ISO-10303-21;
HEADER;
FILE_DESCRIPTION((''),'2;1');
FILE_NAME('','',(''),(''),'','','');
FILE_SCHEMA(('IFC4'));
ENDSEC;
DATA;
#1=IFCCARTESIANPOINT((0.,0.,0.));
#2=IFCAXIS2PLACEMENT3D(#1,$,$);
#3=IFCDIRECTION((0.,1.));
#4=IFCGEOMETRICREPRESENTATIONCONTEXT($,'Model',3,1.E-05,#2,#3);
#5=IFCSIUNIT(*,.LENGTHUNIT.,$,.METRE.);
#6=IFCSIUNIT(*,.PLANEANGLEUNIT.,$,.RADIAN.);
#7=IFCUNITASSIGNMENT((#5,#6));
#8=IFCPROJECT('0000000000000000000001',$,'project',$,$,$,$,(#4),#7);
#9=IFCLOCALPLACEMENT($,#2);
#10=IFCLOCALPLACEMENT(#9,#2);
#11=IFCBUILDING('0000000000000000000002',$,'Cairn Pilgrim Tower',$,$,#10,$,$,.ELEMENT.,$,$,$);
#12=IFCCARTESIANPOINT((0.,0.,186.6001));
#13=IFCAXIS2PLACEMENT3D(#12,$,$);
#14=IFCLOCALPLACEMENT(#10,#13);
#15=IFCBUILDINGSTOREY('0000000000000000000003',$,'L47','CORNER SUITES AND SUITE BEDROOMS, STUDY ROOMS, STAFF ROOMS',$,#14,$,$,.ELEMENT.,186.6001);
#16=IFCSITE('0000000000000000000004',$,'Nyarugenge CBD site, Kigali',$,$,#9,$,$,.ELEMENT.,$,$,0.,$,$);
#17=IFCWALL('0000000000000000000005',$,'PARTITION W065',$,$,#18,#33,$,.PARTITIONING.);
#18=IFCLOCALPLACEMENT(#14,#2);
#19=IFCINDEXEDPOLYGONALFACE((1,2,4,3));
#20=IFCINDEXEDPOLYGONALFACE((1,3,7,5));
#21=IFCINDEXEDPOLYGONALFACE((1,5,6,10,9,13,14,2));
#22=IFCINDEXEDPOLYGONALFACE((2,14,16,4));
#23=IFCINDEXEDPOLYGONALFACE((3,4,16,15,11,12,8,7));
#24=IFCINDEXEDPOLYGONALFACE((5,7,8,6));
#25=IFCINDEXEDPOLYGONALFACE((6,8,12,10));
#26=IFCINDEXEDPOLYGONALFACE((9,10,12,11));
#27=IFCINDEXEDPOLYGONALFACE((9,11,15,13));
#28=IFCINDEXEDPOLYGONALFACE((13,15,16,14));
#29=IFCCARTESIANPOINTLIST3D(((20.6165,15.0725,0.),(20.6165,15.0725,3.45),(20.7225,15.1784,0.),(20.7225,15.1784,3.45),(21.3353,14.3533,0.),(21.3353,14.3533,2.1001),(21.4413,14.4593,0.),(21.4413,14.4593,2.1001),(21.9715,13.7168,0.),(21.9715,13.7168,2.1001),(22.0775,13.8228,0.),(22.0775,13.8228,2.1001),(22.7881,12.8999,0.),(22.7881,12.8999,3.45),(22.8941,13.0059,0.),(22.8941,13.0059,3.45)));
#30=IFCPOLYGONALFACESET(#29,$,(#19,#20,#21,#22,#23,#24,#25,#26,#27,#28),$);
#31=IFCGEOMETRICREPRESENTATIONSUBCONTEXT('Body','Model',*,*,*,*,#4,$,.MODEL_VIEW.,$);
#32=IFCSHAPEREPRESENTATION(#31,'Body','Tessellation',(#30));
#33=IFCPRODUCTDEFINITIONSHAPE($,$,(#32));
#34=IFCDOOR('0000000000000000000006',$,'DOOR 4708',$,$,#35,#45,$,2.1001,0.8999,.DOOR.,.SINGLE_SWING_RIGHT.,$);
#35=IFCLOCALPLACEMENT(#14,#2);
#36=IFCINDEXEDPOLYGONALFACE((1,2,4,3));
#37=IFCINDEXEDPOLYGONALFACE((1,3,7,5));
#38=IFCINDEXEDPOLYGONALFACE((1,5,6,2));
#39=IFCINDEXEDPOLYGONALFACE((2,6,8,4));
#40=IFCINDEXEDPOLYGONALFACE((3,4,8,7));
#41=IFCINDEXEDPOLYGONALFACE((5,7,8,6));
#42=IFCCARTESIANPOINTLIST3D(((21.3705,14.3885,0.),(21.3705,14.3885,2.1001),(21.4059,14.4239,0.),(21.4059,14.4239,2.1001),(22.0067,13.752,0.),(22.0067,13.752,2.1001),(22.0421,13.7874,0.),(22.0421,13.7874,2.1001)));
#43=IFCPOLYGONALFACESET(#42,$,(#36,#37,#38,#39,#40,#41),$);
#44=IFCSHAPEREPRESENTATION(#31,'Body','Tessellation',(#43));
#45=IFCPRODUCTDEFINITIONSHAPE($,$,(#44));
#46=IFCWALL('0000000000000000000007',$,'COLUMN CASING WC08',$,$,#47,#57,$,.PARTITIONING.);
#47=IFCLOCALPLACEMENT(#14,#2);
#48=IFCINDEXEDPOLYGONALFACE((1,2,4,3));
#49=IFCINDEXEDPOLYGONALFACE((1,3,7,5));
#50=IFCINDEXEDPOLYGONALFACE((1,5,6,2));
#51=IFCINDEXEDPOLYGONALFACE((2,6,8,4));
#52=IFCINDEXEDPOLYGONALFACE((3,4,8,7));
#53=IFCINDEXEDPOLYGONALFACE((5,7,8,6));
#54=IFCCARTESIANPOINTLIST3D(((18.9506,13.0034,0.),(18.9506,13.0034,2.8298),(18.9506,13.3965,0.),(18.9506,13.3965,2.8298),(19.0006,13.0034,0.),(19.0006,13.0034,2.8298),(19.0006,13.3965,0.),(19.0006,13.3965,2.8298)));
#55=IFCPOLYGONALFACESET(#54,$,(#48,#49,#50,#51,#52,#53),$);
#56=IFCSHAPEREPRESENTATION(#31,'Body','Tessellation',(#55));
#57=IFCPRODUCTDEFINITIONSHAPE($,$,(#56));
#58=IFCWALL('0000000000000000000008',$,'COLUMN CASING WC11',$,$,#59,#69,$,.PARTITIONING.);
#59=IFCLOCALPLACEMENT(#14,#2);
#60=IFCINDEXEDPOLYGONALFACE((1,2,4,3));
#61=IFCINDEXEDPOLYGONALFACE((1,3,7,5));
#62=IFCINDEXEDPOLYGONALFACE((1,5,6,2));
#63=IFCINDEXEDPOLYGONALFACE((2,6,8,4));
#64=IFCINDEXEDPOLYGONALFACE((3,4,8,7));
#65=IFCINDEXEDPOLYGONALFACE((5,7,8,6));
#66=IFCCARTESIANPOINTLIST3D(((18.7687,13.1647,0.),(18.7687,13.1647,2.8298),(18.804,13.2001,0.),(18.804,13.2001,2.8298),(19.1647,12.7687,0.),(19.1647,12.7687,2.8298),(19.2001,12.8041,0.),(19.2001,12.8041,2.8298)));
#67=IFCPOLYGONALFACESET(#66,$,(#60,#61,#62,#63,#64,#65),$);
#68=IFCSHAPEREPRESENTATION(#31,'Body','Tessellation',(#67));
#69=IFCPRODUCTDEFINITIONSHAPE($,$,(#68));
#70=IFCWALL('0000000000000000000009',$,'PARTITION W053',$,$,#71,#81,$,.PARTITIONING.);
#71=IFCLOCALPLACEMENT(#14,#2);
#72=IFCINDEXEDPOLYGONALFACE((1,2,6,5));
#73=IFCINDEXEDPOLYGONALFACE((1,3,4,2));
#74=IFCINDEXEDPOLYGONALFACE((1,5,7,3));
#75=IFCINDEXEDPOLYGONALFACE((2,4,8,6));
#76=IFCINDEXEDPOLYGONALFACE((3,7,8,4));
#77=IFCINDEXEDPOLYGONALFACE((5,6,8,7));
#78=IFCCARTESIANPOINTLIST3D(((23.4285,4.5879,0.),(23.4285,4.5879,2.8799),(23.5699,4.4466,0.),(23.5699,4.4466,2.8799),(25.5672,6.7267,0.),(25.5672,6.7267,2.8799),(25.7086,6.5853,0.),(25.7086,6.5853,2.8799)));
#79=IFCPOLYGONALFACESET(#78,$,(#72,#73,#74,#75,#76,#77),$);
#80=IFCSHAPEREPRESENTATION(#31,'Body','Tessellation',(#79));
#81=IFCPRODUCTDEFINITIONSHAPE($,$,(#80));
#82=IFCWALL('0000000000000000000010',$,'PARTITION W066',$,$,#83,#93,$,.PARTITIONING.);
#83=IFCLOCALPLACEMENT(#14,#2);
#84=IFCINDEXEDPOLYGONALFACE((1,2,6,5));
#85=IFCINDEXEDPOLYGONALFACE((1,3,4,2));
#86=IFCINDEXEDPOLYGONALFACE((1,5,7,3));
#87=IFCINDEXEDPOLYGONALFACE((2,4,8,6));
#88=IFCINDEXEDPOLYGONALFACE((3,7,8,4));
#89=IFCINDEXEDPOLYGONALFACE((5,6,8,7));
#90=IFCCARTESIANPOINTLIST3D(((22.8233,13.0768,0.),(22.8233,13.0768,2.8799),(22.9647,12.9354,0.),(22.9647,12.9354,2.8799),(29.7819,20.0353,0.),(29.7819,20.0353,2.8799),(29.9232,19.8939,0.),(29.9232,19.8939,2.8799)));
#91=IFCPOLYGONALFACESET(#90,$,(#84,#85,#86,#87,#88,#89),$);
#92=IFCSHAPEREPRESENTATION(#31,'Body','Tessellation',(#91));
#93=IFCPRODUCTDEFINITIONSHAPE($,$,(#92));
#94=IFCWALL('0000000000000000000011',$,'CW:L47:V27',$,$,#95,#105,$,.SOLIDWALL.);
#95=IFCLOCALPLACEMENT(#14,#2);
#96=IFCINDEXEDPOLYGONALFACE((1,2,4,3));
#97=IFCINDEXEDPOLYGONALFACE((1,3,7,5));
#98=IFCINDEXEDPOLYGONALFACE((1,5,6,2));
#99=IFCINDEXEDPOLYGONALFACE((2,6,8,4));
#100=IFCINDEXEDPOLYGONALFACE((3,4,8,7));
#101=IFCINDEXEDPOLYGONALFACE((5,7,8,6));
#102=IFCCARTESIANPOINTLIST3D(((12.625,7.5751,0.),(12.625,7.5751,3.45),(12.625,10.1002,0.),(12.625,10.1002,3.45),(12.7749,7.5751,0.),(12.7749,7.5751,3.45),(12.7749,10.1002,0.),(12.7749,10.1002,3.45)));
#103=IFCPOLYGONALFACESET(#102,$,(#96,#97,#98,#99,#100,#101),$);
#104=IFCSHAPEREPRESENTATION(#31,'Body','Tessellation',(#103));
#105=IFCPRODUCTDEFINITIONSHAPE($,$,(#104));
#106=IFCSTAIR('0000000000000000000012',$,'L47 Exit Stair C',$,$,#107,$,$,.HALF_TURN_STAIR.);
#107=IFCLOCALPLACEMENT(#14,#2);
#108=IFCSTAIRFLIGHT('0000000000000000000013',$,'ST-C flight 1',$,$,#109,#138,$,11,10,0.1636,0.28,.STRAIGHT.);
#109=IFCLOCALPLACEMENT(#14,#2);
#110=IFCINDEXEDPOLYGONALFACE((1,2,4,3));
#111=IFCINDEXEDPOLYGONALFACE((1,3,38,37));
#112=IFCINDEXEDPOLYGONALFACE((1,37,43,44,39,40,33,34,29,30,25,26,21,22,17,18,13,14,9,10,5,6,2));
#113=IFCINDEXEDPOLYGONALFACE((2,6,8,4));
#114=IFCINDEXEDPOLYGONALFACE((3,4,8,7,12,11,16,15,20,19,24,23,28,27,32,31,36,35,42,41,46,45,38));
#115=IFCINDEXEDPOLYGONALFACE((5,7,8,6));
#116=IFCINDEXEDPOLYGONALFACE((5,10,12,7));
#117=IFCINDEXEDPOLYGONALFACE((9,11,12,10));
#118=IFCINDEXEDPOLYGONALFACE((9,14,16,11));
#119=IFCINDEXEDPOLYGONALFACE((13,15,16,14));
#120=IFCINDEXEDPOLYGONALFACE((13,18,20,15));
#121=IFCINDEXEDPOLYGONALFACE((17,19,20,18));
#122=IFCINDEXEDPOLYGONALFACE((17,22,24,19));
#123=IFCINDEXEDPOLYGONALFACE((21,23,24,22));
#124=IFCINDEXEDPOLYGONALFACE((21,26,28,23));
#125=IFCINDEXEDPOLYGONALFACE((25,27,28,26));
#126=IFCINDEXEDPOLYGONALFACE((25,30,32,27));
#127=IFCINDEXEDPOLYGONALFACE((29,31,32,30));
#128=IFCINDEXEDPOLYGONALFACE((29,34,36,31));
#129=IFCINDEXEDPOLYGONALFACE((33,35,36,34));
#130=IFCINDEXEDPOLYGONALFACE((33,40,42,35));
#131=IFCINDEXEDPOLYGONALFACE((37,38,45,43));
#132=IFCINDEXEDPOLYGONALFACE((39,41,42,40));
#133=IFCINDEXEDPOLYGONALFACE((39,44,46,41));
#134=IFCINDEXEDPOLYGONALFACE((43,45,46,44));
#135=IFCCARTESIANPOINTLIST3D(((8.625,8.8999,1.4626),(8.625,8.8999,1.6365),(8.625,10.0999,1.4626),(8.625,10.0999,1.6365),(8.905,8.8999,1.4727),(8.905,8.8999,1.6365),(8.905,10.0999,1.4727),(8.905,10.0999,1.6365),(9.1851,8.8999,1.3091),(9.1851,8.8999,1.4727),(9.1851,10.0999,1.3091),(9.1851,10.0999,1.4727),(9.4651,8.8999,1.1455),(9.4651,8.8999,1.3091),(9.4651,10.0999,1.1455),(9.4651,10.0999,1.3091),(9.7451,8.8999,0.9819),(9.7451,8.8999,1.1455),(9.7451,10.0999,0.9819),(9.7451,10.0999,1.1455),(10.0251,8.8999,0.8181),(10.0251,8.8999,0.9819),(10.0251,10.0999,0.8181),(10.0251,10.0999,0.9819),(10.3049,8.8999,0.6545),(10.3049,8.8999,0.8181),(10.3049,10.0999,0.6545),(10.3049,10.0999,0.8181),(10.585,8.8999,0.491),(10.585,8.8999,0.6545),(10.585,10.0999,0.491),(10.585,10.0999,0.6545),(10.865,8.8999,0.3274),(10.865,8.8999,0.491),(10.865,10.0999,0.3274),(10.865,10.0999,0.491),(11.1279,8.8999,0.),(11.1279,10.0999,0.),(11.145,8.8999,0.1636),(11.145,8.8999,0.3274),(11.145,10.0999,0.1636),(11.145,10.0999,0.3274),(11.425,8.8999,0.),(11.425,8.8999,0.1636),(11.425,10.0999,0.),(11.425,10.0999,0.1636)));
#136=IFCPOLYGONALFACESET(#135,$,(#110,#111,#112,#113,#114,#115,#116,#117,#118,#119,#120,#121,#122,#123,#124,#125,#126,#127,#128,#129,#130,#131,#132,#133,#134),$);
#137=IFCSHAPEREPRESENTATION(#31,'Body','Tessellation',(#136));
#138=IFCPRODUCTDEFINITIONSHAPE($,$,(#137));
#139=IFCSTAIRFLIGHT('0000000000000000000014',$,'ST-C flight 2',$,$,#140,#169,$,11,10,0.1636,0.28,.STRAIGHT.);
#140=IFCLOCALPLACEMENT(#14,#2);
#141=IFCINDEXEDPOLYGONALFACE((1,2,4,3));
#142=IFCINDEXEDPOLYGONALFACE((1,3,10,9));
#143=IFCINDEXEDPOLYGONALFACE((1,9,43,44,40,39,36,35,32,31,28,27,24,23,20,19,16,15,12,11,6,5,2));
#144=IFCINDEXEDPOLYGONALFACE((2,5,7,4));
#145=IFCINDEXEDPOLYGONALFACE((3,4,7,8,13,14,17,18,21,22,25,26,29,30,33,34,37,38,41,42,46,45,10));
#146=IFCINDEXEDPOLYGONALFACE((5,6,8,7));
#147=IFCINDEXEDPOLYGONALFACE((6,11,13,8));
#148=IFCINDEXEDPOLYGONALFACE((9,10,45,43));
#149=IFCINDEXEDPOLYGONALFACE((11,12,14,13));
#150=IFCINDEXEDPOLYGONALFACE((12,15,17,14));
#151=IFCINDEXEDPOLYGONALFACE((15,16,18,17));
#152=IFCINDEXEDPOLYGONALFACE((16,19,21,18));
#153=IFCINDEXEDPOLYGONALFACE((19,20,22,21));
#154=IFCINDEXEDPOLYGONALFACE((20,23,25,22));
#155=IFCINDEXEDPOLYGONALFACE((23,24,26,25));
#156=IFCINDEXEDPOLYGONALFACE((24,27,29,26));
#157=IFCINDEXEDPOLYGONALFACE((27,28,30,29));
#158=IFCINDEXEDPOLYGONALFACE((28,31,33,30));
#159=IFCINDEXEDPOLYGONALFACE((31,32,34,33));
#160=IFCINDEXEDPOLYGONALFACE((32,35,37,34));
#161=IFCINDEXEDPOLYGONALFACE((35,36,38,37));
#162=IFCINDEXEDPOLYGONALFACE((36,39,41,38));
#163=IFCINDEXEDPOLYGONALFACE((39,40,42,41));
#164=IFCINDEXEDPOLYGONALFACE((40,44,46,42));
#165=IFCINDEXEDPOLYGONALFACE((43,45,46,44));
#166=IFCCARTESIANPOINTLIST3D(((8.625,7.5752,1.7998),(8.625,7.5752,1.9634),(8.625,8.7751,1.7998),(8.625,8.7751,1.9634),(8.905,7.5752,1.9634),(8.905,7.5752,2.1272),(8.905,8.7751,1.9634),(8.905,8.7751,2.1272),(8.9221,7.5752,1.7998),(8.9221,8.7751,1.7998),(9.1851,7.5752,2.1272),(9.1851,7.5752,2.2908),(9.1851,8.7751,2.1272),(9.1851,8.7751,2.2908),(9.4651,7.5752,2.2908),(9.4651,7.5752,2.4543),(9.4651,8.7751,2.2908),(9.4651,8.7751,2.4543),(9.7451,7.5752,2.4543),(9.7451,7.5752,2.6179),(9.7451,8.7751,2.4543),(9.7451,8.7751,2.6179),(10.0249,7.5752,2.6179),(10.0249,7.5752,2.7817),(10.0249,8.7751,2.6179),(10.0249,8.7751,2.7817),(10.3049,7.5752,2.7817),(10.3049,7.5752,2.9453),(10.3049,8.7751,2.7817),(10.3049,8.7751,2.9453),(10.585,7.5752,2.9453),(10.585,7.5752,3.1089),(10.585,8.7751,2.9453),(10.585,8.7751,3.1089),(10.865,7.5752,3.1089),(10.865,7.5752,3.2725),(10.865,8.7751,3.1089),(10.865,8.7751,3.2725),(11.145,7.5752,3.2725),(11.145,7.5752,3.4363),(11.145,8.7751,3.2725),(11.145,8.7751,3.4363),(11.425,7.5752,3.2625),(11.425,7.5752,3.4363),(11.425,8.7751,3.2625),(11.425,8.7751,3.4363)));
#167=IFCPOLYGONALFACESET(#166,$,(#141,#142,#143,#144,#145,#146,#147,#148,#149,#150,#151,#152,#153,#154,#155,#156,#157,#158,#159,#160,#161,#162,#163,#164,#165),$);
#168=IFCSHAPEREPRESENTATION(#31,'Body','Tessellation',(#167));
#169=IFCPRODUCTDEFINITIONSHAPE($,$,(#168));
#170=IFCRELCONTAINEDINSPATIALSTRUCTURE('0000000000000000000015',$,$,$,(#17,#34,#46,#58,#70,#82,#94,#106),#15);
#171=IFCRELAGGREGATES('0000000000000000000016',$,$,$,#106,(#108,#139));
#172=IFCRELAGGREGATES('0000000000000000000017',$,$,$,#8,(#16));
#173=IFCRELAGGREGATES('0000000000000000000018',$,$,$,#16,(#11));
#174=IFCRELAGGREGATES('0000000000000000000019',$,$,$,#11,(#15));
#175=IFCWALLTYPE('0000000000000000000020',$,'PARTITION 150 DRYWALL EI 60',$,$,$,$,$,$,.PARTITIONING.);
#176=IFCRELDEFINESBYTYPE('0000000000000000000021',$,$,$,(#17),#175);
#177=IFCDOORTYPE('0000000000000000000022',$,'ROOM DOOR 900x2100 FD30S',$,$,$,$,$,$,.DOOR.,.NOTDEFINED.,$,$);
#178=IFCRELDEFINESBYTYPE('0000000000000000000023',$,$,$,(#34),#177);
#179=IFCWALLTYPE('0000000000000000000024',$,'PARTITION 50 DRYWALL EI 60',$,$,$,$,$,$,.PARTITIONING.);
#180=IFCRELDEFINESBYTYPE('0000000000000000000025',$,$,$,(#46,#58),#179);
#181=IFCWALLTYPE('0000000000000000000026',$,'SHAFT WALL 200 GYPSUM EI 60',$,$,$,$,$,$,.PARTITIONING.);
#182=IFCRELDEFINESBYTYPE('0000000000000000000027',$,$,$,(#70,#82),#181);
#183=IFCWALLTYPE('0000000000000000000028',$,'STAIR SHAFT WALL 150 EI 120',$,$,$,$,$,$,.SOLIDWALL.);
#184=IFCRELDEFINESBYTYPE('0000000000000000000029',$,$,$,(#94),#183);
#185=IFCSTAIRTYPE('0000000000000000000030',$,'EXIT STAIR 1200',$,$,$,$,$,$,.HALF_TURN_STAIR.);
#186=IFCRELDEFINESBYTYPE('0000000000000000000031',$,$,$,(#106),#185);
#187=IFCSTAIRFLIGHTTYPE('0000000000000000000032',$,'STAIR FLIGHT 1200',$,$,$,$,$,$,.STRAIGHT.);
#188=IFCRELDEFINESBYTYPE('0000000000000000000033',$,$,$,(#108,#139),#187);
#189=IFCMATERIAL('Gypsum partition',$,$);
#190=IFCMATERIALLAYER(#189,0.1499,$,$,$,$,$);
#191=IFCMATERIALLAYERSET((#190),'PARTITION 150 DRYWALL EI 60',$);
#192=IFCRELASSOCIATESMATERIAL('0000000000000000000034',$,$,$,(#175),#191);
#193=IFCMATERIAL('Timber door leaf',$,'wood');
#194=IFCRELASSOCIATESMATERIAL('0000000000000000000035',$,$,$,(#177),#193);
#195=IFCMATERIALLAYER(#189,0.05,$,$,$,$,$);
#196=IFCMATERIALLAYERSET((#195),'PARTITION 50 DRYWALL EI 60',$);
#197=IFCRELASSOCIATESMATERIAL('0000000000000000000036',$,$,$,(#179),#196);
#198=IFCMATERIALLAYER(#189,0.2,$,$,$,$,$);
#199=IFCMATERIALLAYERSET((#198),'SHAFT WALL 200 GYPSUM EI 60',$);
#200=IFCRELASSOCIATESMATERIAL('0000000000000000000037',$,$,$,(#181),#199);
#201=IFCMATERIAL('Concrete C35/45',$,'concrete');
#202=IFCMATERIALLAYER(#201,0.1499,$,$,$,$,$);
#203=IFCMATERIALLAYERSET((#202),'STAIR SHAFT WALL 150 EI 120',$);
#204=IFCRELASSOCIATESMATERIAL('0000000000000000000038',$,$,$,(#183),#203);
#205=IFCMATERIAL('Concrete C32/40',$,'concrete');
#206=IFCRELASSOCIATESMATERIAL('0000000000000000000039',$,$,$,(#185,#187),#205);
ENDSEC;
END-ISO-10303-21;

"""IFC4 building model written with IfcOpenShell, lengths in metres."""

from ifc_helpers import new_model, si_unit, direction, frame, frame_2d, origin, place, context, subcontext, project, spatial, polyline, rectangle, outline, extrude, material, layer, layer_set, type_object, element, fill, aggregate, save


model = new_model("IFC4")

# Units and contexts
model_context = context("Model", 3, precision=1e-05, world=origin(), true_north=direction((0.0, 1.0)))
body_context = subcontext(model_context, "Body", "Model", "MODEL_VIEW")
ifc_project = project(units=[si_unit("LENGTHUNIT", "METRE"), si_unit("PLANEANGLEUNIT", "RADIAN")], contexts=[model_context])

# Site, building, storey
site_placement = place(None, origin())
site = spatial("IfcSite", under=ifc_project, at=site_placement, Name="Nyarugenge CBD site, Kigali", CompositionType="ELEMENT", RefElevation=0.0)
building_placement = place(site_placement, origin())
building = spatial("IfcBuilding", under=site, at=building_placement, Name="Cairn Pilgrim Tower", CompositionType="ELEMENT")
storey_placement = place(building_placement, frame((0.0, 0.0, 186.6001)))
storey = spatial("IfcBuildingStorey", under=building, at=storey_placement, Name="L47", Description="CORNER SUITES AND SUITE BEDROOMS, STUDY ROOMS, STAFF ROOMS", CompositionType="ELEMENT", Elevation=186.6001)

# Shared definitions
ifc_material_1 = material(Name="Concrete C32/40", Category="concrete")

# Wall, opening, door
ifc_material_2 = material(Name="Gypsum partition")
ifc_layer_1 = layer(ifc_material_2, 0.1499)
ifc_layer_set_1 = layer_set([ifc_layer_1], Name="PARTITION 150 DRYWALL EI 60")
wall_type_1 = type_object("IfcWallType", Name="PARTITION 150 DRYWALL EI 60", PredefinedType="PARTITIONING", material=ifc_layer_set_1)
ifc_material_3 = material(Name="Timber door leaf", Category="wood")
wall_1_placement = place(storey_placement, frame((22.8411, 12.9529, 0.0), z_axis=(0.0, 0.0, 1.0), x_axis=(-0.706948, 0.707266, 0.0)))
wall_1 = element("IfcWall", 1, at=wall_1_placement, inside=storey, type_object=wall_type_1, Name="PARTITION W065", PredefinedType="PARTITIONING", context=body_context, shape_type="SweptSolid", body=[
    extrude(rectangle(XDim=3.0718, YDim=0.1499, at=frame_2d((1.5359, 0.0))), origin(), (0.0, 0.0, 1.0), 3.45),
])
opening_1_placement = place(wall_1_placement, frame((1.155, 0.0, 0.0)))
opening_1 = element("IfcOpeningElement", 2, at=opening_1_placement, cuts=wall_1, PredefinedType="OPENING", context=body_context, shape_type="SweptSolid", body=[
    extrude(rectangle(XDim=0.8999, YDim=2.1001, at=frame_2d((0.45, 1.05))), frame((0.0, 0.085, 0.0), z_axis=(0.0, -1.0, 0.0), x_axis=(1.0, 0.0, 0.0)), (0.0, 0.0, 1.0), 0.1699),
])
door_type_1 = type_object("IfcDoorType", Name="ROOM DOOR 900x2100 FD30S", OperationType="NOTDEFINED", PredefinedType="DOOR", material=ifc_material_3)
door_1_placement = place(opening_1_placement, frame((0.8999, 0.0, 0.0), z_axis=(0.0, 0.0, 1.0), x_axis=(-1.0, 0.0, 0.0)))
door_1 = element("IfcDoor", 3, at=door_1_placement, inside=storey, type_object=door_type_1, Name="DOOR 4708", OperationType="SINGLE_SWING_RIGHT", OverallHeight=2.1001, OverallWidth=0.8999, PredefinedType="DOOR", context=body_context, shape_type="SweptSolid", body=[
    extrude(rectangle(XDim=0.8999, YDim=2.1001, at=frame_2d((0.45, 1.05))), frame((0.0, 0.0249, 0.0), z_axis=(0.0, -1.0, 0.0), x_axis=(1.0, 0.0, 0.0)), (0.0, 0.0, 1.0), 0.05),
])
fill(opening_1, door_1)

# Walls
ifc_layer_2 = layer(ifc_material_2, 0.05)
ifc_layer_set_2 = layer_set([ifc_layer_2], Name="PARTITION 50 DRYWALL EI 60")
wall_type_2 = type_object("IfcWallType", Name="PARTITION 50 DRYWALL EI 60", PredefinedType="PARTITIONING", material=ifc_layer_set_2)
wall_2_placement = place(storey_placement, frame((18.9756, 13.0034, 0.0), z_axis=(0.0, 0.0, 1.0), x_axis=(0.0, 1.0, 0.0)))
element("IfcWall", 4, at=wall_2_placement, inside=storey, type_object=wall_type_2, Name="COLUMN CASING WC08", PredefinedType="PARTITIONING", context=body_context, shape_type="SweptSolid", body=[
    extrude(rectangle(XDim=0.3931, YDim=0.05, at=frame_2d((0.1965, 0.0))), origin(), (0.0, 0.0, 1.0), 2.8298),
])
wall_3_placement = place(storey_placement, frame((19.1824, 12.7864, 0.0), z_axis=(0.0, 0.0, 1.0), x_axis=(-0.707107, 0.707107, 0.0)))
element("IfcWall", 5, at=wall_3_placement, inside=storey, type_object=wall_type_2, Name="COLUMN CASING WC11", PredefinedType="PARTITIONING", context=body_context, shape_type="SweptSolid", body=[
    extrude(rectangle(XDim=0.5601, YDim=0.05, at=frame_2d((0.28, 0.0))), origin(), (0.0, 0.0, 1.0), 2.8298),
])
ifc_layer_3 = layer(ifc_material_2, 0.2)
ifc_layer_set_3 = layer_set([ifc_layer_3], Name="SHAFT WALL 200 GYPSUM EI 60")
wall_type_3 = type_object("IfcWallType", Name="SHAFT WALL 200 GYPSUM EI 60", PredefinedType="PARTITIONING", material=ifc_layer_set_3)
wall_4_placement = place(storey_placement, frame((23.4993, 4.5173, 0.0), z_axis=(0.0, 0.0, 1.0), x_axis=(0.707107, 0.707107, 0.0)))
element("IfcWall", 6, at=wall_4_placement, inside=storey, type_object=wall_type_3, Name="PARTITION W053", PredefinedType="PARTITIONING", context=body_context, shape_type="SweptSolid", body=[
    extrude(rectangle(XDim=3.0247, YDim=0.2, at=frame_2d((1.5122, 0.0))), origin(), (0.0, 0.0, 1.0), 2.8799),
])
wall_5_placement = place(storey_placement, frame((22.894, 13.0061, 0.0), z_axis=(0.0, 0.0, 1.0), x_axis=(0.707107, 0.707107, 0.0)))
element("IfcWall", 7, at=wall_5_placement, inside=storey, type_object=wall_type_3, Name="PARTITION W066", PredefinedType="PARTITIONING", context=body_context, shape_type="SweptSolid", body=[
    extrude(rectangle(XDim=9.8408, YDim=0.2, at=frame_2d((4.9204, 0.0))), origin(), (0.0, 0.0, 1.0), 2.8799),
])
ifc_material_4 = material(Name="Concrete C35/45", Category="concrete")
ifc_layer_4 = layer(ifc_material_4, 0.1499)
ifc_layer_set_4 = layer_set([ifc_layer_4], Name="STAIR SHAFT WALL 150 EI 120")
wall_type_4 = type_object("IfcWallType", Name="STAIR SHAFT WALL 150 EI 120", PredefinedType="SOLIDWALL", material=ifc_layer_set_4)
wall_6_placement = place(storey_placement, frame((12.7, 7.575, 0.0), z_axis=(0.0, 0.0, 1.0), x_axis=(0.0, 1.0, 0.0)))
element("IfcWall", 8, at=wall_6_placement, inside=storey, type_object=wall_type_4, Name="CW:L47:V27", PredefinedType="SOLIDWALL", context=body_context, shape_type="SweptSolid", body=[
    extrude(rectangle(XDim=2.5251, YDim=0.1499, at=frame_2d((1.2627, 0.0))), origin(), (0.0, 0.0, 1.0), 3.45),
])

# Stair, stair flights
stair_type = type_object("IfcStairType", Name="EXIT STAIR 1200", PredefinedType="HALF_TURN_STAIR", material=ifc_material_1)
stair_placement = place(storey_placement, origin())
stair = element("IfcStair", 9, at=stair_placement, inside=storey, type_object=stair_type, Name="L47 Exit Stair C", PredefinedType="HALF_TURN_STAIR")
stair_flight_type = type_object("IfcStairFlightType", Name="STAIR FLIGHT 1200", PredefinedType="STRAIGHT", material=ifc_material_1)
stair_flight_1_placement = place(storey_placement, frame((11.425, 9.5, 0.0), z_axis=(0.0, 0.0, 1.0), x_axis=(-1.0, 0.0, 0.0)))
stair_flight_1 = element("IfcStairFlight", 10, at=stair_flight_1_placement, type_object=stair_flight_type, Name="ST-C flight 1", NumberOfRisers=11, NumberOfTreads=10, PredefinedType="STRAIGHT", RiserHeight=0.1636, TreadLength=0.28, context=body_context, shape_type="SweptSolid", body=[
    extrude(outline(polyline([(0.0, 0.0), (0.0, 0.1636), (0.28, 0.1636), (0.28, 0.3274), (0.5601, 0.3274), (0.5601, 0.491), (0.8401, 0.491), (0.8401, 0.6545), (1.1201, 0.6545), (1.1201, 0.8181), (1.3999, 0.8181), (1.3999, 0.9819), (1.6799, 0.9819), (1.6799, 1.1455), (1.96, 1.1455), (1.96, 1.3091), (2.24, 1.3091), (2.24, 1.4727), (2.52, 1.4727), (2.52, 1.6365), (2.8, 1.6365), (2.8, 1.8), (2.8, 1.4626), (0.2971, 0.0), (0.0, 0.0)])), frame((0.0, 0.6001, 0.0), z_axis=(0.0, -1.0, 0.0), x_axis=(1.0, 0.0, 0.0)), (0.0, 0.0, 1.0), 1.2),
])
stair_flight_2_placement = place(storey_placement, frame((8.625, 8.175, 1.7998), z_axis=(0.0, 0.0, 1.0), x_axis=(1.0, 0.0, 0.0)))
stair_flight_2 = element("IfcStairFlight", 11, at=stair_flight_2_placement, type_object=stair_flight_type, Name="ST-C flight 2", NumberOfRisers=11, NumberOfTreads=10, PredefinedType="STRAIGHT", RiserHeight=0.1636, TreadLength=0.28, context=body_context, shape_type="SweptSolid", body=[
    extrude(outline(polyline([(0.0, 0.0), (0.0, 0.1636), (0.28, 0.1636), (0.28, 0.3274), (0.5601, 0.3274), (0.5601, 0.491), (0.8401, 0.491), (0.8401, 0.6545), (1.1201, 0.6545), (1.1201, 0.8181), (1.3999, 0.8181), (1.3999, 0.9819), (1.6799, 0.9819), (1.6799, 1.1455), (1.96, 1.1455), (1.96, 1.3091), (2.24, 1.3091), (2.24, 1.4727), (2.52, 1.4727), (2.52, 1.6365), (2.8, 1.6365), (2.8, 1.8), (2.8, 1.4626), (0.2971, 0.0), (0.0, 0.0)])), frame((0.0, 0.6001, 0.0), z_axis=(0.0, -1.0, 0.0), x_axis=(1.0, 0.0, 0.0)), (0.0, 0.0, 1.0), 1.2),
])
aggregate(stair, [stair_flight_1, stair_flight_2])

save(model, "model.ifc")
